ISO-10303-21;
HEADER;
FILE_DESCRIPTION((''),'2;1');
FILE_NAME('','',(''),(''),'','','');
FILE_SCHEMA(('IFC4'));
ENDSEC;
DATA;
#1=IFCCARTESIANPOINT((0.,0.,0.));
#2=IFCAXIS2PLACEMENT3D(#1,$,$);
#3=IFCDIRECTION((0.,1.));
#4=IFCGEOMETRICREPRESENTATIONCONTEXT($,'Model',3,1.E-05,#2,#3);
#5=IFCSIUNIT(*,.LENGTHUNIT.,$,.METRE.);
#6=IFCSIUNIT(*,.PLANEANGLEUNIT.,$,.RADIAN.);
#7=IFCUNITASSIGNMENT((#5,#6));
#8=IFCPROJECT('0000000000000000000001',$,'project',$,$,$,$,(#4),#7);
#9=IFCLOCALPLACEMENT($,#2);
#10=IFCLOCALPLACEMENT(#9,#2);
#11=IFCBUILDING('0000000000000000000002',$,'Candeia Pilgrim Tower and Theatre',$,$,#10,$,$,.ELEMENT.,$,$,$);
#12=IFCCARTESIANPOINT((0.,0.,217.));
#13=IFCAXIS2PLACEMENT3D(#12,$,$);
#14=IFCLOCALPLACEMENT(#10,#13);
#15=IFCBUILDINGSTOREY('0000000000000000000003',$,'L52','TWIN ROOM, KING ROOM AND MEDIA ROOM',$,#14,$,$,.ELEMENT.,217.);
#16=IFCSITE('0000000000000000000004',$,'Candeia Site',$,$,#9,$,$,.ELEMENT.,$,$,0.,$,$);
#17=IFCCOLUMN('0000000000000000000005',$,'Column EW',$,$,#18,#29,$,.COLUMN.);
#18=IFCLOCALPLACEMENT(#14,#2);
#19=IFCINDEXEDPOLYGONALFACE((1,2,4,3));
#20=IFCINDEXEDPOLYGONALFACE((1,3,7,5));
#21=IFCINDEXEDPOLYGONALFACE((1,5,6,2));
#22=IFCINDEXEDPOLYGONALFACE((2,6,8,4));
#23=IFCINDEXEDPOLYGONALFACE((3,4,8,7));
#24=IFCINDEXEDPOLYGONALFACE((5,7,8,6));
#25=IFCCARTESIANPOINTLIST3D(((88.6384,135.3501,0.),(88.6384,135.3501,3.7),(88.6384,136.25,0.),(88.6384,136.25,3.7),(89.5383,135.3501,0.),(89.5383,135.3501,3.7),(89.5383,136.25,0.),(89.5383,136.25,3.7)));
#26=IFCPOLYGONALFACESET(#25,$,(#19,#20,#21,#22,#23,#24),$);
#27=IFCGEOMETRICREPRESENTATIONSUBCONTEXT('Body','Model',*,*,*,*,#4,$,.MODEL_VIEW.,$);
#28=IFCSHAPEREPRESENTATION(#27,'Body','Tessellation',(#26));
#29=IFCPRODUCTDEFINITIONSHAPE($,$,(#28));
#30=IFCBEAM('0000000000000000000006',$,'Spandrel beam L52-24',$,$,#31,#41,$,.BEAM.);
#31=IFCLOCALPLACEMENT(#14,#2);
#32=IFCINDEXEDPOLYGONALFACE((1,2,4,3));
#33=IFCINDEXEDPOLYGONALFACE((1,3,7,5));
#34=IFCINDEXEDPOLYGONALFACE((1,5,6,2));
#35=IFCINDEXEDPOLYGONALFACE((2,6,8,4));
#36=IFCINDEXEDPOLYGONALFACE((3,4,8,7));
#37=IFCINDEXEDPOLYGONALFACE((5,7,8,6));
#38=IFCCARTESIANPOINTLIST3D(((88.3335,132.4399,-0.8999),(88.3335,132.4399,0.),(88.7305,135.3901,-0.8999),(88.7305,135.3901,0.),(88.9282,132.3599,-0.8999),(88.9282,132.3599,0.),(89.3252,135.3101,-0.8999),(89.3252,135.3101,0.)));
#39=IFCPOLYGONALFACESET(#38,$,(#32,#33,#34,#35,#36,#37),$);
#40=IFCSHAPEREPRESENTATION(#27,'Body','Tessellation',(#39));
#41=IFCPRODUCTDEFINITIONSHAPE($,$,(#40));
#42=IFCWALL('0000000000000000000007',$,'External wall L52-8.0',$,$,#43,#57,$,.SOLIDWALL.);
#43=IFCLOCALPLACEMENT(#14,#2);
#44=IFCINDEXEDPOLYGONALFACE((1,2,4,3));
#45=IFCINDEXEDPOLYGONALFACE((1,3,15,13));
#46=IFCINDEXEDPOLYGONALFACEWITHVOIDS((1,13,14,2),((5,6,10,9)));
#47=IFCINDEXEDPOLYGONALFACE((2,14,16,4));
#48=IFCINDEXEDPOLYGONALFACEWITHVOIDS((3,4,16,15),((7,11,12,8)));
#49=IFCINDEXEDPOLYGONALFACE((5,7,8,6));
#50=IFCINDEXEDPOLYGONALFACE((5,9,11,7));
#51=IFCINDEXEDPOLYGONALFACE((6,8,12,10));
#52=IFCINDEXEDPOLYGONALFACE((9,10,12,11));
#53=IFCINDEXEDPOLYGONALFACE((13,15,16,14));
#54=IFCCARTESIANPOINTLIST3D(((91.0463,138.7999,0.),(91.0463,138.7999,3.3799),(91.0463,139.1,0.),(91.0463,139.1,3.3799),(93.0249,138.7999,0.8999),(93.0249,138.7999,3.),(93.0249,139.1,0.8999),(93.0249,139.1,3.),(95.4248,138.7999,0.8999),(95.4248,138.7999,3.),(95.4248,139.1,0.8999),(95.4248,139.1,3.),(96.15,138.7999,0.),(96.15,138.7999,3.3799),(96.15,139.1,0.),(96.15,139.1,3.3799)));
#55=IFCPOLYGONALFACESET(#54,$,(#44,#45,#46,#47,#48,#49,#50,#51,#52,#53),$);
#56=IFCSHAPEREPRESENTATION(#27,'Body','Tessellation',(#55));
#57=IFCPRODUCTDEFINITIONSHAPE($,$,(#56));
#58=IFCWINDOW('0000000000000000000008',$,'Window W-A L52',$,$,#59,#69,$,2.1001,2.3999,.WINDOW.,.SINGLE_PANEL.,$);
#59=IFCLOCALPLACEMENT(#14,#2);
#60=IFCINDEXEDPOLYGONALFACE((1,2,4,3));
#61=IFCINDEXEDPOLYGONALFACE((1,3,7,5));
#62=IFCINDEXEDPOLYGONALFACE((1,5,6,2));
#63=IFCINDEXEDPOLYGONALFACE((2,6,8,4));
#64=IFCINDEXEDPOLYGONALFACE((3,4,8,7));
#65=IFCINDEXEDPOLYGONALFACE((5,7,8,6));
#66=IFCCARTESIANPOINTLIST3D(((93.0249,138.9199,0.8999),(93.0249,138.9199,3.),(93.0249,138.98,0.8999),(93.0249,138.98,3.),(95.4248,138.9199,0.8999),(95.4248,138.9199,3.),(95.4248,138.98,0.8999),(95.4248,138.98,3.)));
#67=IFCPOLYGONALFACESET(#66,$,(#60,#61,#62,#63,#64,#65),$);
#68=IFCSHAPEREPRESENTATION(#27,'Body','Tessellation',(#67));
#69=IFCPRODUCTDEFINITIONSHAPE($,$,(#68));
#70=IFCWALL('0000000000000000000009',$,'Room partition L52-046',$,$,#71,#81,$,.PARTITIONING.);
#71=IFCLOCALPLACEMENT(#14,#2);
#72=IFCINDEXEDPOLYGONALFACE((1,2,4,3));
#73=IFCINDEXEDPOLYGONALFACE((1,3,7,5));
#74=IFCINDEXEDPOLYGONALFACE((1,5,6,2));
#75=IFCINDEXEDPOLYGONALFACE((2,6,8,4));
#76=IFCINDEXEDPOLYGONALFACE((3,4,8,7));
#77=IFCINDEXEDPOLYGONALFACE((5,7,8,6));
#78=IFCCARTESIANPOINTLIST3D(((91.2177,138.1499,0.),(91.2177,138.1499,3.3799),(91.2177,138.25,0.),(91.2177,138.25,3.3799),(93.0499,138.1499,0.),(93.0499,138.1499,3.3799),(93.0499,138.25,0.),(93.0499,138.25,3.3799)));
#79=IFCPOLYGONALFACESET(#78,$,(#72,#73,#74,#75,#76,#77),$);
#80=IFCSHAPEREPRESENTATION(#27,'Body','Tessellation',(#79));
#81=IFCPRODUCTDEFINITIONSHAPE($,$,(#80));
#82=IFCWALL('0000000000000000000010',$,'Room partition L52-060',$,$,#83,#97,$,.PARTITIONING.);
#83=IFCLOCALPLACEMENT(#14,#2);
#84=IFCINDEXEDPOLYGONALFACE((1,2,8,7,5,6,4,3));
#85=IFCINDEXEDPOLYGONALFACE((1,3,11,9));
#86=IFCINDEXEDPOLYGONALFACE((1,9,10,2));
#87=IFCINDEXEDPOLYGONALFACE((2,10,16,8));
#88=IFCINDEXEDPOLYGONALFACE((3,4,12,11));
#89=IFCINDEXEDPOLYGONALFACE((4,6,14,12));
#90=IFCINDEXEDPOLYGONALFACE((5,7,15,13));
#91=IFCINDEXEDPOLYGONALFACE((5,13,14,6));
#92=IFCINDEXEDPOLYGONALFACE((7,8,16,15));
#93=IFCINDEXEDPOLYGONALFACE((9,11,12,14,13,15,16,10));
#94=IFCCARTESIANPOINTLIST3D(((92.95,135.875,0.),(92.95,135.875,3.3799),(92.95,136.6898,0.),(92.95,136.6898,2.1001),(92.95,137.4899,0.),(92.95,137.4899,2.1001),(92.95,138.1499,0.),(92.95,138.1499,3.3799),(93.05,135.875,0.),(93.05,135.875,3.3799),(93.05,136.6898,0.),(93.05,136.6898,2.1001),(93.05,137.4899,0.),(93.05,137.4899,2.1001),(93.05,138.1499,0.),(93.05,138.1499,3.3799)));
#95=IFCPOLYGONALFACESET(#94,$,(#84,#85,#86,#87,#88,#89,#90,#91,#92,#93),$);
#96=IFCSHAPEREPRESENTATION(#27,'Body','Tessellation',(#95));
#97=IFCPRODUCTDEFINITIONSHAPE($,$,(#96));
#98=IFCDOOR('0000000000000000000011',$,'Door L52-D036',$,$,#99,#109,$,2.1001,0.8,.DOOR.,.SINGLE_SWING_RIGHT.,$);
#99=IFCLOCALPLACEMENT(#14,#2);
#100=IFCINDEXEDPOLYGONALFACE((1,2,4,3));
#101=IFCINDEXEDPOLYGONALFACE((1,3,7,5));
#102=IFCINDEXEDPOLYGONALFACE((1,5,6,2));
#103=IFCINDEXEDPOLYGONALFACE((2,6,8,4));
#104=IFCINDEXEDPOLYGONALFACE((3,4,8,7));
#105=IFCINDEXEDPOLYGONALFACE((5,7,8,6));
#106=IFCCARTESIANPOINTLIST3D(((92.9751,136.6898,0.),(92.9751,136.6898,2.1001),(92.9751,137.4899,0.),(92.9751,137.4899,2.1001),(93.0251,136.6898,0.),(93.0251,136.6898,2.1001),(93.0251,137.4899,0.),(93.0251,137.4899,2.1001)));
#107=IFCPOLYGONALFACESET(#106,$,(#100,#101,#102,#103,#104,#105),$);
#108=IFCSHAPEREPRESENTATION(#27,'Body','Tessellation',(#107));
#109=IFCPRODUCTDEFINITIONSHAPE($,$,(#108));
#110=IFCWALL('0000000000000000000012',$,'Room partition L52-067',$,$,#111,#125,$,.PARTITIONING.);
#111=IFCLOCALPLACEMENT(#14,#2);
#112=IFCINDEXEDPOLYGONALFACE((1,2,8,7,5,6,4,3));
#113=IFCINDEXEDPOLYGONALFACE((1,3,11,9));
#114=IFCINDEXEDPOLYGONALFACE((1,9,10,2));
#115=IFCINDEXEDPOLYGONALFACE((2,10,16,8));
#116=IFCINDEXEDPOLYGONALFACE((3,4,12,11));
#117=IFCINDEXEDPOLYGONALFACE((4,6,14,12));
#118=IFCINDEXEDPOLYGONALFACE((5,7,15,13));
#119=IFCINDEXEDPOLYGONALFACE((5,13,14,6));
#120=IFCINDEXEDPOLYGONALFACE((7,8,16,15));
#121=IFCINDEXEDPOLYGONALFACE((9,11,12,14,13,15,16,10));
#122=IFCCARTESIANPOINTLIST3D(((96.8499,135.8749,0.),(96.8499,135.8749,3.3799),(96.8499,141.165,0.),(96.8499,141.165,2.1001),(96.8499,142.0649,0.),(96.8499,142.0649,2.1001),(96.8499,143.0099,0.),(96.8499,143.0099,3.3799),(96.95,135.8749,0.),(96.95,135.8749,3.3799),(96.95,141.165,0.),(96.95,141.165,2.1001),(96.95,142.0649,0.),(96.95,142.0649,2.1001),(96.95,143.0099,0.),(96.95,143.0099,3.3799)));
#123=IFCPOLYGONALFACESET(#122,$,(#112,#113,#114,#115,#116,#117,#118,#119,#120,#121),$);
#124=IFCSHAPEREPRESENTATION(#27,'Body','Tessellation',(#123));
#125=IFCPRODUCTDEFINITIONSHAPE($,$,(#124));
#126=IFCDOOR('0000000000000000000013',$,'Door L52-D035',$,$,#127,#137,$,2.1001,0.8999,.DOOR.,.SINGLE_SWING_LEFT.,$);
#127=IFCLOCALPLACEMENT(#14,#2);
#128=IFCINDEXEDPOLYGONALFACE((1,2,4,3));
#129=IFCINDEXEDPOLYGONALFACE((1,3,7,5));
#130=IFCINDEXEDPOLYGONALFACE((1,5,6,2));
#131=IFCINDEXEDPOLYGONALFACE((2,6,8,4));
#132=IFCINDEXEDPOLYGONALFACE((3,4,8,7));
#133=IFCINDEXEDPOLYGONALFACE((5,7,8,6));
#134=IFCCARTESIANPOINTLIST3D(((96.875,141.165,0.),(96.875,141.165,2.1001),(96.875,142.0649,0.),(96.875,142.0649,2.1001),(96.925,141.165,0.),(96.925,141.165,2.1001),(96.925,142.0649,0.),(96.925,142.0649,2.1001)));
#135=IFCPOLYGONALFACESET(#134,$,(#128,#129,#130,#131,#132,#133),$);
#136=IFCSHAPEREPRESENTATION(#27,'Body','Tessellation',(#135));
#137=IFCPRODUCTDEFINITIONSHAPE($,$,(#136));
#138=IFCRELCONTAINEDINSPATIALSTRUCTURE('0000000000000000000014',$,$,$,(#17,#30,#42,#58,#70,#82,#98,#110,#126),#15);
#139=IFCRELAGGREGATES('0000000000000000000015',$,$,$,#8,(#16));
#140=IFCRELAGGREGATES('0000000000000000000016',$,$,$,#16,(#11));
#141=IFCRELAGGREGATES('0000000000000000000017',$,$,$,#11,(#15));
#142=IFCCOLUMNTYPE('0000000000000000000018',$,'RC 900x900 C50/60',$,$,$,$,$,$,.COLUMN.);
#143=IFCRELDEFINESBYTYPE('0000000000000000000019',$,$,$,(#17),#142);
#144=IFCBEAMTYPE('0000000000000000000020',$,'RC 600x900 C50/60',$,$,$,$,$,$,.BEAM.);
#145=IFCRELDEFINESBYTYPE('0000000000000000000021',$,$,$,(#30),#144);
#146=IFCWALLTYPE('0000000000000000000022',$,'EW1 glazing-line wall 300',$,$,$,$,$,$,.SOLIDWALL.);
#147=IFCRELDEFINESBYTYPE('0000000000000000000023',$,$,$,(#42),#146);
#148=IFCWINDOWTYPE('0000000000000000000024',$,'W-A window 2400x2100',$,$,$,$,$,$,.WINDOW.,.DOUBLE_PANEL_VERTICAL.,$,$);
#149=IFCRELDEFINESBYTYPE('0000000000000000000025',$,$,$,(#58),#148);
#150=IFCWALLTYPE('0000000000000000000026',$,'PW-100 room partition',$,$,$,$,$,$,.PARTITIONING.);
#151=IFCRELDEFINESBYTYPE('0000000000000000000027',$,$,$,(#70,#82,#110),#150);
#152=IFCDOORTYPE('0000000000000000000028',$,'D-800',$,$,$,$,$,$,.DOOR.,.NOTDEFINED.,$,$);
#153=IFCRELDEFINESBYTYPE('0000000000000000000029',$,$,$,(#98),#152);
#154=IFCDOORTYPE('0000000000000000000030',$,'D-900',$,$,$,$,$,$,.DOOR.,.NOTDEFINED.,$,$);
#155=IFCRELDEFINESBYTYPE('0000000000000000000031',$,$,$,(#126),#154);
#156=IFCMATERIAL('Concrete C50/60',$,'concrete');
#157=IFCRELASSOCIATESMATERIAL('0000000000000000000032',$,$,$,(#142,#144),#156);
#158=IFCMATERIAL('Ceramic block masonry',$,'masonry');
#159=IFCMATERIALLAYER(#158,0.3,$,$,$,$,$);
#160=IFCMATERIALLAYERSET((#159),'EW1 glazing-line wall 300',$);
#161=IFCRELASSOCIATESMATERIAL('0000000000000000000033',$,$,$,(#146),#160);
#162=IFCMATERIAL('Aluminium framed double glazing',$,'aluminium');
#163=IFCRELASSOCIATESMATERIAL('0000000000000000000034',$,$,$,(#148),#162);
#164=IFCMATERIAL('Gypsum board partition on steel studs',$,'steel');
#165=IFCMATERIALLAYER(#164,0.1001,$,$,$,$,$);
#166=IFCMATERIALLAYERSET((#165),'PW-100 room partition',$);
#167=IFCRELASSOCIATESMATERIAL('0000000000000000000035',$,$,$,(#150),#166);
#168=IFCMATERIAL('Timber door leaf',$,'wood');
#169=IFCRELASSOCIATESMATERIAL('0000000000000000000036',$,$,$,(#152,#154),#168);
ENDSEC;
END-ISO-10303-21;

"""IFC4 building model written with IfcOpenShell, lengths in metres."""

from ifc_helpers import new_model, si_unit, direction, frame, frame_2d, origin, origin_2d, place, context, subcontext, project, spatial, rectangle, extrude, material, layer, layer_set, material_profile, profile_set, type_object, element, fill, save


model = new_model("IFC4")

# Units and contexts
model_context = context("Model", 3, precision=1e-05, world=origin(), true_north=direction((0.0, 1.0)))
body_context = subcontext(model_context, "Body", "Model", "MODEL_VIEW")
ifc_project = project(units=[si_unit("LENGTHUNIT", "METRE"), si_unit("PLANEANGLEUNIT", "RADIAN")], contexts=[model_context])

# Site, building, storey
site_placement = place(None, origin())
site = spatial("IfcSite", under=ifc_project, at=site_placement, Name="Candeia Site", CompositionType="ELEMENT", RefElevation=0.0)
building_placement = place(site_placement, origin())
building = spatial("IfcBuilding", under=site, at=building_placement, Name="Candeia Pilgrim Tower and Theatre", CompositionType="ELEMENT")
storey_placement = place(building_placement, frame((0.0, 0.0, 217.0)))
storey = spatial("IfcBuildingStorey", under=building, at=storey_placement, Name="L52", Description="TWIN ROOM, KING ROOM AND MEDIA ROOM", CompositionType="ELEMENT", Elevation=217.0)

# Column
ifc_material_1 = material(Name="Concrete C50/60", Category="concrete")
ifc_material_profile_1 = material_profile(ifc_material_1, rectangle(XDim=0.8999, YDim=0.8999, at=origin_2d()))
ifc_profile_set_1 = profile_set([ifc_material_profile_1], Name="Concrete C50/60")
column_type = type_object("IfcColumnType", Name="RC 900x900 C50/60", PredefinedType="COLUMN", material=ifc_profile_set_1)
column_placement = place(storey_placement, frame((89.0884, 135.8, 0.0), z_axis=(0.0, 0.0, 1.0), x_axis=(1.0, 0.0, 0.0)))
element("IfcColumn", 1, at=column_placement, inside=storey, type_object=column_type, Name="Column EW", PredefinedType="COLUMN", context=body_context, shape_type="SweptSolid", body=[
    extrude(rectangle(XDim=0.8999, YDim=0.8999, at=origin_2d()), origin(), (0.0, 0.0, 1.0), 3.7),
])

# Beam
ifc_material_profile_2 = material_profile(ifc_material_1, rectangle(XDim=0.6001, YDim=0.8999, at=origin_2d()))
ifc_profile_set_2 = profile_set([ifc_material_profile_2], Name="Concrete C50/60")
beam_type = type_object("IfcBeamType", Name="RC 600x900 C50/60", PredefinedType="BEAM", material=ifc_profile_set_2)
beam_placement = place(storey_placement, frame((89.0278, 135.3501, -0.45), z_axis=(-0.133356, -0.991068, 0.0), x_axis=(0.991068, -0.133356, 0.0)))
element("IfcBeam", 2, at=beam_placement, inside=storey, type_object=beam_type, Name="Spandrel beam L52-24", PredefinedType="BEAM", context=body_context, shape_type="SweptSolid", body=[
    extrude(rectangle(XDim=0.6001, YDim=0.8999, at=origin_2d()), origin(), (0.0, 0.0, 1.0), 2.9768),
])

# Wall, opening, window
ifc_material_2 = material(Name="Ceramic block masonry", Category="masonry")
ifc_layer_1 = layer(ifc_material_2, 0.3)
ifc_layer_set_1 = layer_set([ifc_layer_1], Name="EW1 glazing-line wall 300")
wall_type_1 = type_object("IfcWallType", Name="EW1 glazing-line wall 300", PredefinedType="SOLIDWALL", material=ifc_layer_set_1)
wall_1_placement = place(storey_placement, frame((96.1499, 138.95, 0.0), z_axis=(0.0, 0.0, 1.0), x_axis=(-1.0, 0.0, 0.0)))
wall_1 = element("IfcWall", 3, at=wall_1_placement, inside=storey, type_object=wall_type_1, Name="External wall L52-8.0", PredefinedType="SOLIDWALL", context=body_context, shape_type="SweptSolid", body=[
    extrude(rectangle(XDim=5.1038, YDim=0.3, at=frame_2d((2.5518, 0.0))), origin(), (0.0, 0.0, 1.0), 3.3799),
])
opening_1_placement = place(wall_1_placement, frame((0.7251, 0.0, 0.8999)))
opening_1 = element("IfcOpeningElement", 4, at=opening_1_placement, cuts=wall_1, PredefinedType="OPENING", context=body_context, shape_type="SweptSolid", body=[
    extrude(rectangle(XDim=2.3999, YDim=2.1001, at=frame_2d((1.2, 1.05))), frame((0.0, 0.1602, 0.0), z_axis=(0.0, -1.0, 0.0), x_axis=(1.0, 0.0, 0.0)), (0.0, 0.0, 1.0), 0.3201),
])
ifc_material_3 = material(Name="Aluminium framed double glazing", Category="aluminium")
window_type_1 = type_object("IfcWindowType", Name="W-A window 2400x2100", PartitioningType="DOUBLE_PANEL_VERTICAL", PredefinedType="WINDOW", material=ifc_material_3)
window_1_placement = place(opening_1_placement, origin())
window_1 = element("IfcWindow", 5, at=window_1_placement, inside=storey, type_object=window_type_1, Name="Window W-A L52", OverallHeight=2.1001, OverallWidth=2.3999, PartitioningType="SINGLE_PANEL", PredefinedType="WINDOW", context=body_context, shape_type="SweptSolid", body=[
    extrude(rectangle(XDim=2.3999, YDim=2.1001, at=frame_2d((1.2, 1.05))), frame((0.0, 0.03, 0.0), z_axis=(0.0, -1.0, 0.0), x_axis=(1.0, 0.0, 0.0)), (0.0, 0.0, 1.0), 0.0601),
])
fill(opening_1, window_1)

# Wall
ifc_material_4 = material(Name="Gypsum board partition on steel studs", Category="steel")
ifc_layer_2 = layer(ifc_material_4, 0.1001)
ifc_layer_set_2 = layer_set([ifc_layer_2], Name="PW-100 room partition")
wall_type_2 = type_object("IfcWallType", Name="PW-100 room partition", PredefinedType="PARTITIONING", material=ifc_layer_set_2)
wall_2_placement = place(storey_placement, frame((91.2178, 138.2, 0.0), z_axis=(0.0, 0.0, 1.0), x_axis=(1.0, 0.0, 0.0)))
element("IfcWall", 6, at=wall_2_placement, inside=storey, type_object=wall_type_2, Name="Room partition L52-046", PredefinedType="PARTITIONING", context=body_context, shape_type="SweptSolid", body=[
    extrude(rectangle(XDim=1.8323, YDim=0.1001, at=frame_2d((0.916, 0.0))), origin(), (0.0, 0.0, 1.0), 3.3799),
])

# Walls, openings, doors
wall_3_placement = place(storey_placement, frame((93.0, 135.875, 0.0), z_axis=(0.0, 0.0, 1.0), x_axis=(0.0, 1.0, 0.0)))
wall_3 = element("IfcWall", 7, at=wall_3_placement, inside=storey, type_object=wall_type_2, Name="Room partition L52-060", PredefinedType="PARTITIONING", context=body_context, shape_type="SweptSolid", body=[
    extrude(rectangle(XDim=2.2749, YDim=0.1001, at=frame_2d((1.1375, 0.0))), origin(), (0.0, 0.0, 1.0), 3.3799),
])
opening_2_placement = place(wall_3_placement, frame((0.8149, 0.0, 0.0)))
opening_2 = element("IfcOpeningElement", 8, at=opening_2_placement, cuts=wall_3, PredefinedType="OPENING", context=body_context, shape_type="SweptSolid", body=[
    extrude(rectangle(XDim=0.8, YDim=2.1001, at=frame_2d((0.3999, 1.05))), frame((0.0, 0.0601, 0.0), z_axis=(0.0, -1.0, 0.0), x_axis=(1.0, 0.0, 0.0)), (0.0, 0.0, 1.0), 0.1201),
])
ifc_material_5 = material(Name="Timber door leaf", Category="wood")
door_type_1 = type_object("IfcDoorType", Name="D-800", OperationType="NOTDEFINED", PredefinedType="DOOR", material=ifc_material_5)
door_1_placement = place(opening_2_placement, origin())
door_1 = element("IfcDoor", 9, at=door_1_placement, inside=storey, type_object=door_type_1, Name="Door L52-D036", OperationType="SINGLE_SWING_RIGHT", OverallHeight=2.1001, OverallWidth=0.8, PredefinedType="DOOR", context=body_context, shape_type="SweptSolid", body=[
    extrude(rectangle(XDim=0.8, YDim=2.1001, at=frame_2d((0.3999, 1.05))), frame((0.0, 0.0249, 0.0), z_axis=(0.0, -1.0, 0.0), x_axis=(1.0, 0.0, 0.0)), (0.0, 0.0, 1.0), 0.05),
])
fill(opening_2, door_1)
wall_4_placement = place(storey_placement, frame((96.8999, 135.875, 0.0), z_axis=(0.0, 0.0, 1.0), x_axis=(0.0, 1.0, 0.0)))
wall_4 = element("IfcWall", 10, at=wall_4_placement, inside=storey, type_object=wall_type_2, Name="Room partition L52-067", PredefinedType="PARTITIONING", context=body_context, shape_type="SweptSolid", body=[
    extrude(rectangle(XDim=7.135, YDim=0.1001, at=frame_2d((3.5674, 0.0))), origin(), (0.0, 0.0, 1.0), 3.3799),
])
opening_3_placement = place(wall_4_placement, frame((5.29, 0.0, 0.0)))
opening_3 = element("IfcOpeningElement", 11, at=opening_3_placement, cuts=wall_4, PredefinedType="OPENING", context=body_context, shape_type="SweptSolid", body=[
    extrude(rectangle(XDim=0.8999, YDim=2.1001, at=frame_2d((0.45, 1.05))), frame((0.0, 0.0601, 0.0), z_axis=(0.0, -1.0, 0.0), x_axis=(1.0, 0.0, 0.0)), (0.0, 0.0, 1.0), 0.1201),
])
door_type_2 = type_object("IfcDoorType", Name="D-900", OperationType="NOTDEFINED", PredefinedType="DOOR", material=ifc_material_5)
door_2_placement = place(opening_3_placement, origin())
door_2 = element("IfcDoor", 12, at=door_2_placement, inside=storey, type_object=door_type_2, Name="Door L52-D035", OperationType="SINGLE_SWING_LEFT", OverallHeight=2.1001, OverallWidth=0.8999, PredefinedType="DOOR", context=body_context, shape_type="SweptSolid", body=[
    extrude(rectangle(XDim=0.8999, YDim=2.1001, at=frame_2d((0.45, 1.05))), frame((0.0, 0.0249, 0.0), z_axis=(0.0, -1.0, 0.0), x_axis=(1.0, 0.0, 0.0)), (0.0, 0.0, 1.0), 0.05),
])
fill(opening_3, door_2)

save(model, "model.ifc")
